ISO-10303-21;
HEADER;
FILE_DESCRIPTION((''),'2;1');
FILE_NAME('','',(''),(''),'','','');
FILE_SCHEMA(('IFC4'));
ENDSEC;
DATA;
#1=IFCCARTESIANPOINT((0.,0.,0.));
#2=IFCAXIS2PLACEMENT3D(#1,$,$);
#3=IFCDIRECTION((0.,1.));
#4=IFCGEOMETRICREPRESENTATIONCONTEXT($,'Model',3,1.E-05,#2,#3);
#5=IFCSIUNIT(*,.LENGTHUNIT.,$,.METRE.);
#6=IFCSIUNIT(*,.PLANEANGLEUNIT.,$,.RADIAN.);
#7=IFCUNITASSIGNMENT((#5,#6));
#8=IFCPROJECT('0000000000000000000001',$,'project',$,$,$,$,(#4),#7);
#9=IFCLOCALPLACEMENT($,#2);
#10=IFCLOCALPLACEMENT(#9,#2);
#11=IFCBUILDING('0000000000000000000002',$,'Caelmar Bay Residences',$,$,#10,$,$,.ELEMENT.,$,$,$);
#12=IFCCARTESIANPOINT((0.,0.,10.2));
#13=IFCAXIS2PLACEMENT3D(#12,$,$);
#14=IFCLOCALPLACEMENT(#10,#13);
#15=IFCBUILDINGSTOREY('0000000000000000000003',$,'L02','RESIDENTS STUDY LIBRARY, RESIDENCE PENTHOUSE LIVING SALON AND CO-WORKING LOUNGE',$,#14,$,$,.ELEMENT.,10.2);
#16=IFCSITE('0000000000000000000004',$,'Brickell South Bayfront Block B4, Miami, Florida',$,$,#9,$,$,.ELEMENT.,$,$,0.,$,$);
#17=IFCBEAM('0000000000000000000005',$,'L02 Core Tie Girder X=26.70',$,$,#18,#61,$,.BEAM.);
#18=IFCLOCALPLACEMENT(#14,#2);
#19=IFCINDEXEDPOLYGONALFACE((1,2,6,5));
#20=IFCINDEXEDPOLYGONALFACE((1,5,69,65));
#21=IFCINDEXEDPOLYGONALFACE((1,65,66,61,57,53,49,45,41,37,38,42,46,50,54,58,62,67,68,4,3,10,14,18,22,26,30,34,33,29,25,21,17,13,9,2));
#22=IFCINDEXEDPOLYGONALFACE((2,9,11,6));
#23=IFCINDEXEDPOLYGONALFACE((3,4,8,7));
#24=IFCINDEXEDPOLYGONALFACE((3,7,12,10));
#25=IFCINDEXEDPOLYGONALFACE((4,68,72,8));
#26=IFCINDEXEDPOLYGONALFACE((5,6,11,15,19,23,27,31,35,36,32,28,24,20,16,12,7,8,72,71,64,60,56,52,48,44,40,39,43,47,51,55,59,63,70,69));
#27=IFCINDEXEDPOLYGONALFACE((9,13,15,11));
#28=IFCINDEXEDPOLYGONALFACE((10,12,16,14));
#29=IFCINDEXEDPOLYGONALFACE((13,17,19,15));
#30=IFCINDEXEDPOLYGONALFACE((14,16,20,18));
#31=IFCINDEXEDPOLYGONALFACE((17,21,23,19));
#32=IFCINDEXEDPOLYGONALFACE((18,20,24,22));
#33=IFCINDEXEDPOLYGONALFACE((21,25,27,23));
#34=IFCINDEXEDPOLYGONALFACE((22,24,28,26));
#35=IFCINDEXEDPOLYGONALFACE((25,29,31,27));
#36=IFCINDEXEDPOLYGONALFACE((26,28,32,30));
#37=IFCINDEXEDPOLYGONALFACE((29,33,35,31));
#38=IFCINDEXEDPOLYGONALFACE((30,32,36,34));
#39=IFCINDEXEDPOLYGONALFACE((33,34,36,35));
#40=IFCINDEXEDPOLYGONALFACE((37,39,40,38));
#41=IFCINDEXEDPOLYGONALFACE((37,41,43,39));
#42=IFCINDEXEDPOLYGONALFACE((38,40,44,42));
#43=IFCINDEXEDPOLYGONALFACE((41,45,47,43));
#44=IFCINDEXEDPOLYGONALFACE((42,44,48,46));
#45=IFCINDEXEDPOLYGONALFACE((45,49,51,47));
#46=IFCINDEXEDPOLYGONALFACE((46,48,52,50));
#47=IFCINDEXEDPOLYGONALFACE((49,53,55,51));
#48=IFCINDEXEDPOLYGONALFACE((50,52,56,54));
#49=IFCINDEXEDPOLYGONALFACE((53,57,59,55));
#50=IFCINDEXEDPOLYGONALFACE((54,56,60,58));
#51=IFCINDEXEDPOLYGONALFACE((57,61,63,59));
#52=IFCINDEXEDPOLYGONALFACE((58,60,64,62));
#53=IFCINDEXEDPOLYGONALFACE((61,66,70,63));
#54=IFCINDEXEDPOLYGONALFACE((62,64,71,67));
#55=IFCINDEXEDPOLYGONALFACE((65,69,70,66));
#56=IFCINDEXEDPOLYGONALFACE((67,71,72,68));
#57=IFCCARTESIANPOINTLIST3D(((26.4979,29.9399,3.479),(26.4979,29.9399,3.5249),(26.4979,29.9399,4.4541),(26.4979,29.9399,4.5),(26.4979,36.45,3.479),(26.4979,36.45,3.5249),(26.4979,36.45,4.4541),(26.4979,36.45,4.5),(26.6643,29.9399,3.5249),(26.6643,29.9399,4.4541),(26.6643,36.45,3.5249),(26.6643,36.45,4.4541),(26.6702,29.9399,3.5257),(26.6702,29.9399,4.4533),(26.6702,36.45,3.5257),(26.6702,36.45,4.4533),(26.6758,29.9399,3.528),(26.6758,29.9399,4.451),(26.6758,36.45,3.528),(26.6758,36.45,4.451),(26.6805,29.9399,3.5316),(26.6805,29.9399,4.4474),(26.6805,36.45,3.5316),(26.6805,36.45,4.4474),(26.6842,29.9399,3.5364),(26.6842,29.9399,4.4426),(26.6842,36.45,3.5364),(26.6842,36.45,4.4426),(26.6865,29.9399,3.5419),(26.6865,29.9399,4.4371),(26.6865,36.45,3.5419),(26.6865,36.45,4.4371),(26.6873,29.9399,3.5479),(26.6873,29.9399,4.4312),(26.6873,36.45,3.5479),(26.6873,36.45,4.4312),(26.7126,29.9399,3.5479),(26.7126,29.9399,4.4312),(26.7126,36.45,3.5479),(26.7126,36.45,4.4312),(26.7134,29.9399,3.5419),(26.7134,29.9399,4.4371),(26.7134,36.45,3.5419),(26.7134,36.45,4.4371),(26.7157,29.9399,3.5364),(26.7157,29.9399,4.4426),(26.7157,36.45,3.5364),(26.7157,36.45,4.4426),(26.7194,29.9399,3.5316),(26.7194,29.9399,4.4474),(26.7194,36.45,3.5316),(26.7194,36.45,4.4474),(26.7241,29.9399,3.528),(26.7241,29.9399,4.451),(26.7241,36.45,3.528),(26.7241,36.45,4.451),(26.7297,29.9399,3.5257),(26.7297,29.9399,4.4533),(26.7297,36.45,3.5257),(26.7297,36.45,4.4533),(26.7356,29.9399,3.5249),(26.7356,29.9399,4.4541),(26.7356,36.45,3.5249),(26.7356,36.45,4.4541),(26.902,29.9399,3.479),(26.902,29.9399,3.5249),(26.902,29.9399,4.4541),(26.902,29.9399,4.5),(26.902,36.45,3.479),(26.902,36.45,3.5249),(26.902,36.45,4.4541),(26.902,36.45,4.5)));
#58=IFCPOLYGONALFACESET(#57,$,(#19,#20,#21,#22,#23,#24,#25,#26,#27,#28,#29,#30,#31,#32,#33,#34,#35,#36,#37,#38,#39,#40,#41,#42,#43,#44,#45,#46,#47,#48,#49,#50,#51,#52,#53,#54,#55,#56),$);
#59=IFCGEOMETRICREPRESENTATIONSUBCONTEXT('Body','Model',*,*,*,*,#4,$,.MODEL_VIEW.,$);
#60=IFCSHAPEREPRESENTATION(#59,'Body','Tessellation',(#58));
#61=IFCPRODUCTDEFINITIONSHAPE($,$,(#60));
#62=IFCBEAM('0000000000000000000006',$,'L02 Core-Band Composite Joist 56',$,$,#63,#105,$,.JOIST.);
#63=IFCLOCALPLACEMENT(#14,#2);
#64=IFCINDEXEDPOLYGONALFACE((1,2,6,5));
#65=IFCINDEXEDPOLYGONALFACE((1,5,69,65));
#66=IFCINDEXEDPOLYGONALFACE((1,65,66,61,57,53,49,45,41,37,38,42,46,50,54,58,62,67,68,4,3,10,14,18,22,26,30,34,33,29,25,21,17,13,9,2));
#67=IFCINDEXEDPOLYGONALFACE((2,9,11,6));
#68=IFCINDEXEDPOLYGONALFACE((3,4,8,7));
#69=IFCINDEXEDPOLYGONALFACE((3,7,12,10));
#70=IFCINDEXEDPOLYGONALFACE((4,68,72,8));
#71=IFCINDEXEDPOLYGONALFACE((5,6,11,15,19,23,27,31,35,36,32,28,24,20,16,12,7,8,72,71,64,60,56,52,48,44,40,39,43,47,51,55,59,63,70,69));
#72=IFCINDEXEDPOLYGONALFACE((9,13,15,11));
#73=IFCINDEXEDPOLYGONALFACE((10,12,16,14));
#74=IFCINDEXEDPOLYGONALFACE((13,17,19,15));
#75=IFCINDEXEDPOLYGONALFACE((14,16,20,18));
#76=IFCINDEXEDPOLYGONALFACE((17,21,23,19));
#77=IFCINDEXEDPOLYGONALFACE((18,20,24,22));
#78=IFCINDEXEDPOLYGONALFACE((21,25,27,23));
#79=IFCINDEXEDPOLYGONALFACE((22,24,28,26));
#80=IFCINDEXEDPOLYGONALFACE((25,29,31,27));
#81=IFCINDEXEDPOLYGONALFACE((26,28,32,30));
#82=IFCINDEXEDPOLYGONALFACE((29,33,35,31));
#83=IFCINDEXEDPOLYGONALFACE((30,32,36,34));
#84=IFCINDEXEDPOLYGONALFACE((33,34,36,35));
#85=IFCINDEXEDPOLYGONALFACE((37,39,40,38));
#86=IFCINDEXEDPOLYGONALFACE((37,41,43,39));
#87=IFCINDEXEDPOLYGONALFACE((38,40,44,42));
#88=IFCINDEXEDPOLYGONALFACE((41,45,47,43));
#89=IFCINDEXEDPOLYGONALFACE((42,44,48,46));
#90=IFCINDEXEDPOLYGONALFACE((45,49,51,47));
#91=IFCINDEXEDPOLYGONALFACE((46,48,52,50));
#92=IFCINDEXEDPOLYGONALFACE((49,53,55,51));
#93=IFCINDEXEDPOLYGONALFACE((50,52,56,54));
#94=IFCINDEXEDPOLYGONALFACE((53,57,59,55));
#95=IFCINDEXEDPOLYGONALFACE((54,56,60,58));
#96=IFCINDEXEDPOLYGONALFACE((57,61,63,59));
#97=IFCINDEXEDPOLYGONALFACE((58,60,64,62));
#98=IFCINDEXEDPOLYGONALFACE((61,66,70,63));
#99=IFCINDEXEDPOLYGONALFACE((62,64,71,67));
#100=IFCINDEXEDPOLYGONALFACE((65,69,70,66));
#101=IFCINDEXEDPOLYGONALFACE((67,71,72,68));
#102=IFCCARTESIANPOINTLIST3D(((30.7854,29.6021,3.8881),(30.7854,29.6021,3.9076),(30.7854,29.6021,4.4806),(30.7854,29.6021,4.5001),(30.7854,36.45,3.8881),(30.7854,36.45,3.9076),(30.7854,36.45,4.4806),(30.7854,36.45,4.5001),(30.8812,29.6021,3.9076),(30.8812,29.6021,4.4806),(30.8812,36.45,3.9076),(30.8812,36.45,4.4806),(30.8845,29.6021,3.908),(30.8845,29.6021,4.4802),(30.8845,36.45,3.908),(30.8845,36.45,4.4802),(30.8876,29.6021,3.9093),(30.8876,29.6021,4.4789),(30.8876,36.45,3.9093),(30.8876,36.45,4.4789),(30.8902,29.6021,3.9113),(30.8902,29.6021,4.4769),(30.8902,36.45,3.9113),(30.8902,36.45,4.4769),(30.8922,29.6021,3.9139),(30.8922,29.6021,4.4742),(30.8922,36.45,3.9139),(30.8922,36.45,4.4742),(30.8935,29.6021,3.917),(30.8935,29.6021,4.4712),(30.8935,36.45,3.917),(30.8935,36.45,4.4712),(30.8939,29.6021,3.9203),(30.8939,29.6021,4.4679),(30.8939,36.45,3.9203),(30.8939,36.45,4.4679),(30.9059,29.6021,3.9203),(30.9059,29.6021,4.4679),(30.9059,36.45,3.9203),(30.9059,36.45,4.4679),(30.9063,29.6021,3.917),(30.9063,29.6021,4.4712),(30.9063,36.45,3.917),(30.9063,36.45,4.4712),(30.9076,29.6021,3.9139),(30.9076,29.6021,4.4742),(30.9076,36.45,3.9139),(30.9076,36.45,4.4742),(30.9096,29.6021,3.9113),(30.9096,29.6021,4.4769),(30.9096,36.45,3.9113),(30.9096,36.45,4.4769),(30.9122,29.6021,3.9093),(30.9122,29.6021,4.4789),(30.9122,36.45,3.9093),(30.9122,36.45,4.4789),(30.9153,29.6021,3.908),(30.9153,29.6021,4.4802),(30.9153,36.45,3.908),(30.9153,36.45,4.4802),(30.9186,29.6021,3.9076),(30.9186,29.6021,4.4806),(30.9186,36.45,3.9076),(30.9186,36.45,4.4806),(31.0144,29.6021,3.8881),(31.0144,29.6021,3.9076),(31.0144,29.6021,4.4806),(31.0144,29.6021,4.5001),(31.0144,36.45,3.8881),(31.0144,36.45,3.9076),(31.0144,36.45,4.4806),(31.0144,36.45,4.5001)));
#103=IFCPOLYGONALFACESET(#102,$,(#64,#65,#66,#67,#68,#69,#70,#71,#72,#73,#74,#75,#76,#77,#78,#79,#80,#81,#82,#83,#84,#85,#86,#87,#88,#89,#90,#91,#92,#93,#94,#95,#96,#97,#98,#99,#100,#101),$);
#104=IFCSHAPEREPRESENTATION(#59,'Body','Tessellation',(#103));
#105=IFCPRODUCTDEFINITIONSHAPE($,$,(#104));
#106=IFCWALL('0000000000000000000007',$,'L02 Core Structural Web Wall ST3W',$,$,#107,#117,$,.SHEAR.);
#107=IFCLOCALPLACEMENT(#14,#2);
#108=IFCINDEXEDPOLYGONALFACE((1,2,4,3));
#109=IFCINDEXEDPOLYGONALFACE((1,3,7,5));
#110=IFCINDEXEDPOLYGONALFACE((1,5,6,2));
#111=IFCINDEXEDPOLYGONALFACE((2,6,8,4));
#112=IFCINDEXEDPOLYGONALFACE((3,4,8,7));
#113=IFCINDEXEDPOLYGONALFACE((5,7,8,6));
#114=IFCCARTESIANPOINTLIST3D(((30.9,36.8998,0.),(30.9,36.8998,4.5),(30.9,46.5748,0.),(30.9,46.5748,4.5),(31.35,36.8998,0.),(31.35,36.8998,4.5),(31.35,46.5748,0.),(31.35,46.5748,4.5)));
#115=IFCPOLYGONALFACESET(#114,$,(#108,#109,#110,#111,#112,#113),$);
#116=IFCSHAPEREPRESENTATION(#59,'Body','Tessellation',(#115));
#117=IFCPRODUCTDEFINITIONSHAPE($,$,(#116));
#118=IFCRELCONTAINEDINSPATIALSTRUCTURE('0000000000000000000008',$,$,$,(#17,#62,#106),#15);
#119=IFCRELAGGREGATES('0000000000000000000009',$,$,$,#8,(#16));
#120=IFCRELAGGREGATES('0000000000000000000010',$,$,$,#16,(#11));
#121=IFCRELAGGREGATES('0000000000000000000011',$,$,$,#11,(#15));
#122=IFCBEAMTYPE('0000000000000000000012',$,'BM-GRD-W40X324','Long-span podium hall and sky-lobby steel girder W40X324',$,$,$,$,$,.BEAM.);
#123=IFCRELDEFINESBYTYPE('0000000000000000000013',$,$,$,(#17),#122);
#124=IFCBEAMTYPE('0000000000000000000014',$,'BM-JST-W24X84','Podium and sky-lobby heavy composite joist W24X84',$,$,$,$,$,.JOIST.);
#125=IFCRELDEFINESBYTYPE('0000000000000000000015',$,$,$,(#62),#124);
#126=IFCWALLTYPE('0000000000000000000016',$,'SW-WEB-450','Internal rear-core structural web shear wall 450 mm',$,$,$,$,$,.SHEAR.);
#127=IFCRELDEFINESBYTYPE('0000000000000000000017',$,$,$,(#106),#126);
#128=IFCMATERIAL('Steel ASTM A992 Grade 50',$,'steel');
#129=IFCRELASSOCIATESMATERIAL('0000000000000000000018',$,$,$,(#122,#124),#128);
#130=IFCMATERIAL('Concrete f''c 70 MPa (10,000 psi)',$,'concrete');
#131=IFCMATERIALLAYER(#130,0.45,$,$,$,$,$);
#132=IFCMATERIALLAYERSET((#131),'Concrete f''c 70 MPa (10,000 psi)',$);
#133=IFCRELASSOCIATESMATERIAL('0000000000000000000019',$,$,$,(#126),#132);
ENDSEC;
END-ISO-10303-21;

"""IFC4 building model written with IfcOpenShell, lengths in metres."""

from ifc_helpers import new_model, si_unit, direction, frame, frame_2d, origin, origin_2d, place, context, subcontext, project, spatial, rectangle, i_section, extrude, material, layer, layer_set, material_profile, profile_set, type_object, element, save


model = new_model("IFC4")

# Units and contexts
model_context = context("Model", 3, precision=1e-05, world=origin(), true_north=direction((0.0, 1.0)))
body_context = subcontext(model_context, "Body", "Model", "MODEL_VIEW")
ifc_project = project(units=[si_unit("LENGTHUNIT", "METRE"), si_unit("PLANEANGLEUNIT", "RADIAN")], contexts=[model_context])

# Site, building, storey
site_placement = place(None, origin())
site = spatial("IfcSite", under=ifc_project, at=site_placement, Name="Brickell South Bayfront Block B4, Miami, Florida", CompositionType="ELEMENT", RefElevation=0.0)
building_placement = place(site_placement, origin())
building = spatial("IfcBuilding", under=site, at=building_placement, Name="Caelmar Bay Residences", CompositionType="ELEMENT")
storey_placement = place(building_placement, frame((0.0, 0.0, 10.2)))
storey = spatial("IfcBuildingStorey", under=building, at=storey_placement, Name="L02", Description="RESIDENTS STUDY LIBRARY, RESIDENCE PENTHOUSE LIVING SALON AND CO-WORKING LOUNGE", CompositionType="ELEMENT", Elevation=10.2)

# Beams
ifc_material_1 = material(Name="Steel ASTM A992 Grade 50", Category="steel")
ifc_material_profile_1 = material_profile(ifc_material_1, i_section(OverallWidth=0.4041, OverallDepth=1.021, WebThickness=0.0254, FlangeThickness=0.0459, FilletRadius=0.0229, at=origin_2d()), Name="W40X324")
ifc_profile_set_1 = profile_set([ifc_material_profile_1], Name="Steel ASTM A992 Grade 50")
beam_type_1 = type_object("IfcBeamType", Name="BM-GRD-W40X324", Description="Long-span podium hall and sky-lobby steel girder W40X324", PredefinedType="BEAM", material=ifc_profile_set_1)
beam_1_placement = place(storey_placement, frame((26.7, 29.9399, 3.9895), z_axis=(0.0, 1.0, 0.0), x_axis=(-1.0, 0.0, 0.0)))
element("IfcBeam", 1, at=beam_1_placement, inside=storey, type_object=beam_type_1, Name="L02 Core Tie Girder X=26.70", PredefinedType="BEAM", context=body_context, shape_type="SweptSolid", body=[
    extrude(i_section(OverallWidth=0.4041, OverallDepth=1.021, WebThickness=0.0254, FlangeThickness=0.0459, FilletRadius=0.0229, at=origin_2d()), origin(), (0.0, 0.0, 1.0), 6.51),
])
ifc_material_profile_2 = material_profile(ifc_material_1, i_section(OverallWidth=0.229, OverallDepth=0.6121, WebThickness=0.012, FlangeThickness=0.0195, FilletRadius=0.0127, at=origin_2d()), Name="W24X84")
ifc_profile_set_2 = profile_set([ifc_material_profile_2], Name="Steel ASTM A992 Grade 50")
beam_type_2 = type_object("IfcBeamType", Name="BM-JST-W24X84", Description="Podium and sky-lobby heavy composite joist W24X84", PredefinedType="JOIST", material=ifc_profile_set_2)
beam_2_placement = place(storey_placement, frame((30.8999, 29.6021, 4.1941), z_axis=(0.0, 1.0, 0.0), x_axis=(-1.0, 0.0, 0.0)))
element("IfcBeam", 2, at=beam_2_placement, inside=storey, type_object=beam_type_2, Name="L02 Core-Band Composite Joist 56", PredefinedType="JOIST", context=body_context, shape_type="SweptSolid", body=[
    extrude(i_section(OverallWidth=0.229, OverallDepth=0.6121, WebThickness=0.012, FlangeThickness=0.0195, FilletRadius=0.0127, at=origin_2d()), origin(), (0.0, 0.0, 1.0), 6.8479),
])

# Wall
ifc_material_2 = material(Name="Concrete f'c 70 MPa (10,000 psi)", Category="concrete")
ifc_layer_1 = layer(ifc_material_2, 0.45)
ifc_layer_set_1 = layer_set([ifc_layer_1], Name="Concrete f'c 70 MPa (10,000 psi)")
wall_type_1 = type_object("IfcWallType", Name="SW-WEB-450", Description="Internal rear-core structural web shear wall 450 mm", PredefinedType="SHEAR", material=ifc_layer_set_1)
wall_1_placement = place(storey_placement, frame((31.125, 36.8999, 0.0), z_axis=(0.0, 0.0, 1.0), x_axis=(0.0, 1.0, 0.0)))
element("IfcWall", 3, at=wall_1_placement, inside=storey, type_object=wall_type_1, Name="L02 Core Structural Web Wall ST3W", PredefinedType="SHEAR", context=body_context, shape_type="SweptSolid", body=[
    extrude(rectangle(XDim=9.675, YDim=0.45, at=frame_2d((4.8374, 0.0))), origin(), (0.0, 0.0, 1.0), 4.5),
])

save(model, "model.ifc")
